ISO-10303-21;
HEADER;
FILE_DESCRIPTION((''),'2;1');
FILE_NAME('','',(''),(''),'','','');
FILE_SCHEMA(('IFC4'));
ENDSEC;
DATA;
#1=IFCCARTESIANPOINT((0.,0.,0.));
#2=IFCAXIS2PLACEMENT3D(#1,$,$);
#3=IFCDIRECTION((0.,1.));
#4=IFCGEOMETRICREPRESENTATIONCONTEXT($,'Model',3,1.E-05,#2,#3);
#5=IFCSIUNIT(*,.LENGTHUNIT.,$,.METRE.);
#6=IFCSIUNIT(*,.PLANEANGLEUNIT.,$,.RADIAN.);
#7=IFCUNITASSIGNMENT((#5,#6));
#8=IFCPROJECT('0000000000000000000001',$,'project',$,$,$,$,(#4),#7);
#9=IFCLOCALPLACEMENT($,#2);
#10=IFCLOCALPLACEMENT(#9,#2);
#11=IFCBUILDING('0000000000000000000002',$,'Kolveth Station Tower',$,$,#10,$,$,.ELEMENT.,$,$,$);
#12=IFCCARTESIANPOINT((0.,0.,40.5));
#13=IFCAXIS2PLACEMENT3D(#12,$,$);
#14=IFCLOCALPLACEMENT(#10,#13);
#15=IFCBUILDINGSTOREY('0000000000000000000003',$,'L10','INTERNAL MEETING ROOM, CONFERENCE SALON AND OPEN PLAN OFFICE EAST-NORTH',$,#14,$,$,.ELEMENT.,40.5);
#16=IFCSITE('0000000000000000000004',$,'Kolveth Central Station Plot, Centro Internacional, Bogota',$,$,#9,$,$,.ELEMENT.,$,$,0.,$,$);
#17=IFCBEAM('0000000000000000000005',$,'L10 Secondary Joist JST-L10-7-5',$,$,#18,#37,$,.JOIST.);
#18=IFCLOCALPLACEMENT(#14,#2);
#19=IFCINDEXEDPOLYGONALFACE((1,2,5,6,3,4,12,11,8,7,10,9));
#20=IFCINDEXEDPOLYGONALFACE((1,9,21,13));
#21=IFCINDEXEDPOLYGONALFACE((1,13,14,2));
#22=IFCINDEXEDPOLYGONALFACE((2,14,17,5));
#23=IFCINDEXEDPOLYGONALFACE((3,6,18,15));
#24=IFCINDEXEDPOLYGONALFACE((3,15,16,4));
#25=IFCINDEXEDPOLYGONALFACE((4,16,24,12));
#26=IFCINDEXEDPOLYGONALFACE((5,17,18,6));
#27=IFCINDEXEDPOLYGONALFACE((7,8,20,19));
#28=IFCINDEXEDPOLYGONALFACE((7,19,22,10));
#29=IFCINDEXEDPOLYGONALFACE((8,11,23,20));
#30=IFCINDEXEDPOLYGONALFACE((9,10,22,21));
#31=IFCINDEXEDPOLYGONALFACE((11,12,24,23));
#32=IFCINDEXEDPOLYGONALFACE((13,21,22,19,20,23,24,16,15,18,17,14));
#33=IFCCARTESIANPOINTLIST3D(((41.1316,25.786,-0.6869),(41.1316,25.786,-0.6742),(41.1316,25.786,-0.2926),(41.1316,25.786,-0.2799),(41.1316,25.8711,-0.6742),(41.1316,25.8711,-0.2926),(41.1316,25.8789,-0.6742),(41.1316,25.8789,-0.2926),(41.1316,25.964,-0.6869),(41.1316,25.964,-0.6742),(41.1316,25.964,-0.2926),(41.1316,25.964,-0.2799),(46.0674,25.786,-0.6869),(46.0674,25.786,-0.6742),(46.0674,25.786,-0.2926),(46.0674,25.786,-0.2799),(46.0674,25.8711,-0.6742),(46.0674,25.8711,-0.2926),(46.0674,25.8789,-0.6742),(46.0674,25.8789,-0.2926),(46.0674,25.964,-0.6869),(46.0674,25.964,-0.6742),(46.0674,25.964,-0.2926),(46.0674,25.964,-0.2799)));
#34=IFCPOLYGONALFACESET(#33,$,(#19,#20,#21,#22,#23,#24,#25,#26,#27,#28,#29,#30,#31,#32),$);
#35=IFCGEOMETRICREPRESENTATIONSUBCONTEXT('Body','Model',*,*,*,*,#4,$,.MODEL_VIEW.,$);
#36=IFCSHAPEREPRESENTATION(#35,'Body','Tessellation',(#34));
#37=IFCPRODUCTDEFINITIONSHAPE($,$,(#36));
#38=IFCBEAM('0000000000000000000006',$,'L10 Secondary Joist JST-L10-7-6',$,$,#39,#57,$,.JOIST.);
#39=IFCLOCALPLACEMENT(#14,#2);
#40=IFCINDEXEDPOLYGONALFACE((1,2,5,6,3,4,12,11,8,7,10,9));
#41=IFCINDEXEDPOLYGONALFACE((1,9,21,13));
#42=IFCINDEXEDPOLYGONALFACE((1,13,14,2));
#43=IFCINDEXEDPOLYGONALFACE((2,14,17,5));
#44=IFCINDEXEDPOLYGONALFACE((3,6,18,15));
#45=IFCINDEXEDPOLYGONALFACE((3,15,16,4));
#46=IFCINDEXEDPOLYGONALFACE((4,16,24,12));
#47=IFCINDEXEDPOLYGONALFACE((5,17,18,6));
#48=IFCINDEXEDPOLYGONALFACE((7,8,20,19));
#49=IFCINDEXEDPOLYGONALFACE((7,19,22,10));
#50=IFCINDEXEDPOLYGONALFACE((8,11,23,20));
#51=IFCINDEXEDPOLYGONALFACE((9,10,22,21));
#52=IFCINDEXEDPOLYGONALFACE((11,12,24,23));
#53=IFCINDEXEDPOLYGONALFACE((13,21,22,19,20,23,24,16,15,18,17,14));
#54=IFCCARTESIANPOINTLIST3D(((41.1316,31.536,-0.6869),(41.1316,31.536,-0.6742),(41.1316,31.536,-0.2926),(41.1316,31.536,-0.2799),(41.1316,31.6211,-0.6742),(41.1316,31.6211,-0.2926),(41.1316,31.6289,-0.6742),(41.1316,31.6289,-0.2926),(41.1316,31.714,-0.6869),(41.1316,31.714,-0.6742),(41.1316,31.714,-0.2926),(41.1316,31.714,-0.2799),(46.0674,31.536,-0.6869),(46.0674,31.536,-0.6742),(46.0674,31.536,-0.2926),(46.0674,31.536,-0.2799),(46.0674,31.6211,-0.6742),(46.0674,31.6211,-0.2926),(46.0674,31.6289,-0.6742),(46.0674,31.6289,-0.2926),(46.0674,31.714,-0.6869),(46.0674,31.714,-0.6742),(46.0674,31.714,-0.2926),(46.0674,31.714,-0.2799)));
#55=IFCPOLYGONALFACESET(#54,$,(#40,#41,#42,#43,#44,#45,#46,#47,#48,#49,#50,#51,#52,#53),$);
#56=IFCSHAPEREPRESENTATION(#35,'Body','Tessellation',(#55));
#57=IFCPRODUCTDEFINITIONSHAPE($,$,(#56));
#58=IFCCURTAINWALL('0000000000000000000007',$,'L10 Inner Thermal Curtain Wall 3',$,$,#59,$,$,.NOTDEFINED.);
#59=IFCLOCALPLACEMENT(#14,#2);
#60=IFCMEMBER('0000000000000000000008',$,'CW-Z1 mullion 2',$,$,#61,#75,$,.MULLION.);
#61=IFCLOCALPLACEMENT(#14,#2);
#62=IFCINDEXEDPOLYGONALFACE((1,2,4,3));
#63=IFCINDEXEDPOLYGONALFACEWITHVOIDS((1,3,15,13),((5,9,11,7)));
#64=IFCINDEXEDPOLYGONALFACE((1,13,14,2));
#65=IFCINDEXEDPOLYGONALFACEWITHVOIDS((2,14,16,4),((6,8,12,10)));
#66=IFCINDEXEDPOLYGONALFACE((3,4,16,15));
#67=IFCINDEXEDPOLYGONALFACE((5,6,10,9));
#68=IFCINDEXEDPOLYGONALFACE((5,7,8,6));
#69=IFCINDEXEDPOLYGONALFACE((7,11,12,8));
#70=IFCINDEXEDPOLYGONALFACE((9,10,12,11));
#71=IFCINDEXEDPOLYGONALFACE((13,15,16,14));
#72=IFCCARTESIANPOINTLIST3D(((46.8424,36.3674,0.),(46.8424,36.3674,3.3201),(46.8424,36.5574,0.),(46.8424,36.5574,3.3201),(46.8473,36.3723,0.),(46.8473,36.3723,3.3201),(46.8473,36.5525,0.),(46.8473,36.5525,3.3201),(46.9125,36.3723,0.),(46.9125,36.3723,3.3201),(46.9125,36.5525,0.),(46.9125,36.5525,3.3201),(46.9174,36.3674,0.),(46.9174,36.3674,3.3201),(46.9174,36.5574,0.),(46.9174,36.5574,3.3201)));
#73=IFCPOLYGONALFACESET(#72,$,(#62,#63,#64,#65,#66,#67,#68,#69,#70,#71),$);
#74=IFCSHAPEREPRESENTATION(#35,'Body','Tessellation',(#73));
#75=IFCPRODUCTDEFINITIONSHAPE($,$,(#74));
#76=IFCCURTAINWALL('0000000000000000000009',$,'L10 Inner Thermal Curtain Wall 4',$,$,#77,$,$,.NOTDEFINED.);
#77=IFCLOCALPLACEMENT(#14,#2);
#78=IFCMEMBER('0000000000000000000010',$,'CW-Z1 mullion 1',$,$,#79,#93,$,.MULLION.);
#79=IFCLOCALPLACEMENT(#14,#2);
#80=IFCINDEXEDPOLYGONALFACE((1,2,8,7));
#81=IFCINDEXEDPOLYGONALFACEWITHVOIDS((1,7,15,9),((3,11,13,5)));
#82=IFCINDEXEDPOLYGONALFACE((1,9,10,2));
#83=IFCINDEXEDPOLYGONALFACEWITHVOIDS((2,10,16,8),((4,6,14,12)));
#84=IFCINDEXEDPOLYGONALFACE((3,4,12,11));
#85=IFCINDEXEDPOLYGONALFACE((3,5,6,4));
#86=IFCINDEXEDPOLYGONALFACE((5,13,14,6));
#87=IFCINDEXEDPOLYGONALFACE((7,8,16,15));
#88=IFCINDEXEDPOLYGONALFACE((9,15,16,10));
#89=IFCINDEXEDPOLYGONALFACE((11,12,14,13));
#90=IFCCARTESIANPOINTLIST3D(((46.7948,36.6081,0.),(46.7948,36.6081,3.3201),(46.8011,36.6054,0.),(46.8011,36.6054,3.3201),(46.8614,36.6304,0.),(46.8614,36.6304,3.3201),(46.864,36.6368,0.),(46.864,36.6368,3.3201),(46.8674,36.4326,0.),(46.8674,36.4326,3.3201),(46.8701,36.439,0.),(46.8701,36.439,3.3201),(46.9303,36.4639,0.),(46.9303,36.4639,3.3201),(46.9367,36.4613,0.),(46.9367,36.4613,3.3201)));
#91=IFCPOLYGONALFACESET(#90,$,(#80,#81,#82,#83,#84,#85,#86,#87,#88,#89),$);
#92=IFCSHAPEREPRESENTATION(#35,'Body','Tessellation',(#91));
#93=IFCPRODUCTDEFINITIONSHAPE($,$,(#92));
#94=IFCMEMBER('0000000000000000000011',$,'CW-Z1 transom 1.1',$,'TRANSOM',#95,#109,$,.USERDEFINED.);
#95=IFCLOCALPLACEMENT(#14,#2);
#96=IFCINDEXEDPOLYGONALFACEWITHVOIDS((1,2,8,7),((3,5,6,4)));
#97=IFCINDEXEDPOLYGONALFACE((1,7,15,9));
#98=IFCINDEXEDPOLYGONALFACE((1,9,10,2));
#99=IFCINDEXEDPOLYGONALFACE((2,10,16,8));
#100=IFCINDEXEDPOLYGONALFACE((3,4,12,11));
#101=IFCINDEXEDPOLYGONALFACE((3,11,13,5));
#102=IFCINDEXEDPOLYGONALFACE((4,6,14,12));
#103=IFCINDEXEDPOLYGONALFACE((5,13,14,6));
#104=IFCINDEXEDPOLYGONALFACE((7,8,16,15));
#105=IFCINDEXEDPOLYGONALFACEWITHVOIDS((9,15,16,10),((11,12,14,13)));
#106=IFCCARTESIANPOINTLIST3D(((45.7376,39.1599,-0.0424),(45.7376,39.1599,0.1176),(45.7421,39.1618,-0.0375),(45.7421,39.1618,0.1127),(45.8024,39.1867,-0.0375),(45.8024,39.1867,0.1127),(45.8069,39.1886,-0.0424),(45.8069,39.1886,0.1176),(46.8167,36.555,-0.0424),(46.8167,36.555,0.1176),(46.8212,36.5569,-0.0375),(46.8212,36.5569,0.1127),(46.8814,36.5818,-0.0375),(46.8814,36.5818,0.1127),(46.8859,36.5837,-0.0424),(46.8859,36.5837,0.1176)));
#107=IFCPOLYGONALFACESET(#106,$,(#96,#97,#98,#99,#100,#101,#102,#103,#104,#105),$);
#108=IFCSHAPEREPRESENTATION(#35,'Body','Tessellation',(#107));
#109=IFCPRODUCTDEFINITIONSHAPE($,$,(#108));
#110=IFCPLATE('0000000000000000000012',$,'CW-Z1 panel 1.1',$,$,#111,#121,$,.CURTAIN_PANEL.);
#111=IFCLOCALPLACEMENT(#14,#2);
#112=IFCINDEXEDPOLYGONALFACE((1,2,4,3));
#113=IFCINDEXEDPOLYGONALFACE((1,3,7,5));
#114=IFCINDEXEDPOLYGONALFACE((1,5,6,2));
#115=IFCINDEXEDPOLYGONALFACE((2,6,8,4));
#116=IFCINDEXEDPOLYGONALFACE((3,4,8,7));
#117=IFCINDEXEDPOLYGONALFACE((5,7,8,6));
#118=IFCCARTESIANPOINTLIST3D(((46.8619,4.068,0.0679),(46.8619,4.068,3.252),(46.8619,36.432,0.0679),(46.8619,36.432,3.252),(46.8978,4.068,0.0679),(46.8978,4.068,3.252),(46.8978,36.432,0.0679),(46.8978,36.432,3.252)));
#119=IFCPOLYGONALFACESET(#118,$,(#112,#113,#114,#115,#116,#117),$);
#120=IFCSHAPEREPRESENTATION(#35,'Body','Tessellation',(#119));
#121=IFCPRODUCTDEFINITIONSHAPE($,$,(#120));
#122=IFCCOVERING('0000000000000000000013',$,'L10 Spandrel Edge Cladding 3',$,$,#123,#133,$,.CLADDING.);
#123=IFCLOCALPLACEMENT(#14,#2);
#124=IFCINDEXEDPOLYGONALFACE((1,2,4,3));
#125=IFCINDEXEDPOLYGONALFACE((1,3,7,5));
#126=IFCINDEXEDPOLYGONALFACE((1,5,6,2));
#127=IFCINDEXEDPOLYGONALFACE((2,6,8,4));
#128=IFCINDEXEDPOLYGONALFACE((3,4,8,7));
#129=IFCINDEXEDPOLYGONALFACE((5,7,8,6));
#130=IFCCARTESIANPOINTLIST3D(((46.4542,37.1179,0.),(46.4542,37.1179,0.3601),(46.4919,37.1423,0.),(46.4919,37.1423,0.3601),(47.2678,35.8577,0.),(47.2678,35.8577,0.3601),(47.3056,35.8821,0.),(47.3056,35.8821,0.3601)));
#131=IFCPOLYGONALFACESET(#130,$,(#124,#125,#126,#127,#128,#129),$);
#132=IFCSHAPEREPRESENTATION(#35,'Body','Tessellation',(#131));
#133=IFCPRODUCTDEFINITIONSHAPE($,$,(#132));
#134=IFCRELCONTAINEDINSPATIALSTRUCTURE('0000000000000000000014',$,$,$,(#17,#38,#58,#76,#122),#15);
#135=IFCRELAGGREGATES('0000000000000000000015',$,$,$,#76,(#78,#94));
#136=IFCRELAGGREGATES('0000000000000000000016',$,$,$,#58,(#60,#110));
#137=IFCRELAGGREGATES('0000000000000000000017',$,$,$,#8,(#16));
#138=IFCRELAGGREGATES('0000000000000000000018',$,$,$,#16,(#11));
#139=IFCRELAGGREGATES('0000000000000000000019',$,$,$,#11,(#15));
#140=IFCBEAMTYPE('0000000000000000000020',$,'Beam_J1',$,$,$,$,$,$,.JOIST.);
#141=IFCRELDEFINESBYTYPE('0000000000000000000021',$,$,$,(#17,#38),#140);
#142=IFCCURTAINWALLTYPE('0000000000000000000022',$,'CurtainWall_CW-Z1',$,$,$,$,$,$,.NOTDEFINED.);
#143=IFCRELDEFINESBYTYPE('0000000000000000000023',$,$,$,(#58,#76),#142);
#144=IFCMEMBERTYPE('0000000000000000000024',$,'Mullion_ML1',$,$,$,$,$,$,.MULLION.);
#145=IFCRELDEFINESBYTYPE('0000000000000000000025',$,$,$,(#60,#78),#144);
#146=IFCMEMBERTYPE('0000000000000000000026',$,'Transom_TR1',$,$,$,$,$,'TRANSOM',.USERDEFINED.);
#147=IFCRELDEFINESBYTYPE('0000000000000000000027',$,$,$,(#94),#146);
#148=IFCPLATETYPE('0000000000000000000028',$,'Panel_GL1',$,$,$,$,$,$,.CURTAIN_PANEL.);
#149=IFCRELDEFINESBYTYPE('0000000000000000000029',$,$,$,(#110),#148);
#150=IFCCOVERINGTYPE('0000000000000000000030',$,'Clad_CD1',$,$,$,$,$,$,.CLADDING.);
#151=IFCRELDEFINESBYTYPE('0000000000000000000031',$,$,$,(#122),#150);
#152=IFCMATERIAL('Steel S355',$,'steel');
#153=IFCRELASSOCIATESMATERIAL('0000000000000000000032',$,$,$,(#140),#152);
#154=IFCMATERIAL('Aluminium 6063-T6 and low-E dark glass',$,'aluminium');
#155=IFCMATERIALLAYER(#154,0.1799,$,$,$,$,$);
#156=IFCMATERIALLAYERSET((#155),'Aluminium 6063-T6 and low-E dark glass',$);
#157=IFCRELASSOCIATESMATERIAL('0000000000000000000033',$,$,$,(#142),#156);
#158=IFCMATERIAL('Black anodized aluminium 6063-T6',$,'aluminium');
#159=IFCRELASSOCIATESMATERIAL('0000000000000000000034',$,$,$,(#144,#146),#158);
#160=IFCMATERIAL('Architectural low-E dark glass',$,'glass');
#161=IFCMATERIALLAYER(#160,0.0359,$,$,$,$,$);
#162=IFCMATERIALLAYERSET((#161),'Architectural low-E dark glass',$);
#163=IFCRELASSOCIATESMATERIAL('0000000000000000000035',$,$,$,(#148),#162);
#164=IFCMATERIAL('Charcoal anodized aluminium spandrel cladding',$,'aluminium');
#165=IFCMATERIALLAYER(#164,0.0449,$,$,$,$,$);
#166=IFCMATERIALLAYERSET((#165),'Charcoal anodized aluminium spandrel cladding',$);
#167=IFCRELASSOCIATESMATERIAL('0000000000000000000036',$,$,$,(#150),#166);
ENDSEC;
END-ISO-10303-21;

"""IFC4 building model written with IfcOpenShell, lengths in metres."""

from ifc_helpers import new_model, si_unit, direction, frame, origin, origin_2d, place, context, subcontext, project, spatial, rectangle, hollow_rectangle, i_section, extrude, source, transform, mapped, material, layer, layer_set, material_profile, profile_set, type_object, element, aggregate, save


model = new_model("IFC4")

# Units and contexts
model_context = context("Model", 3, precision=1e-05, world=origin(), true_north=direction((0.0, 1.0)))
body_context = subcontext(model_context, "Body", "Model", "MODEL_VIEW")
ifc_project = project(units=[si_unit("LENGTHUNIT", "METRE"), si_unit("PLANEANGLEUNIT", "RADIAN")], contexts=[model_context])

# Site, building, storey
site_placement = place(None, origin())
site = spatial("IfcSite", under=ifc_project, at=site_placement, Name="Kolveth Central Station Plot, Centro Internacional, Bogota", CompositionType="ELEMENT", RefElevation=0.0)
building_placement = place(site_placement, origin())
building = spatial("IfcBuilding", under=site, at=building_placement, Name="Kolveth Station Tower", CompositionType="ELEMENT")
storey_placement = place(building_placement, frame((0.0, 0.0, 40.5)))
storey = spatial("IfcBuildingStorey", under=building, at=storey_placement, Name="L10", Description="INTERNAL MEETING ROOM, CONFERENCE SALON AND OPEN PLAN OFFICE EAST-NORTH", CompositionType="ELEMENT", Elevation=40.5)

# Shared definitions
ifc_material_1 = material(Name="Steel S355", Category="steel")

# Beams
ifc_material_profile_1 = material_profile(ifc_material_1, i_section(OverallWidth=0.178, OverallDepth=0.407, WebThickness=0.0078, FlangeThickness=0.0127, at=origin_2d()), Name="W410x60")
ifc_profile_set_1 = profile_set([ifc_material_profile_1], Name="Steel S355")
beam_type_1 = type_object("IfcBeamType", Name="Beam_J1", PredefinedType="JOIST", material=ifc_profile_set_1)
shared_shape_1 = source(origin(), body_context, "Body", "SweptSolid", [
    extrude(i_section(OverallWidth=0.178, OverallDepth=0.407, WebThickness=0.0078, FlangeThickness=0.0127, at=origin_2d()), origin(), (0.0, 0.0, 1.0), 4.9358),
])
for number, where, z_axis, x_axis, name in (
    (1, (41.1316, 25.875, -0.4834), (1.0, 0.0, 0.0), (0.0, 1.0, 0.0), "L10 Secondary Joist JST-L10-7-5"),
    (2, (41.1316, 31.625, -0.4834), (1.0, 0.0, 0.0), (0.0, 1.0, 0.0), "L10 Secondary Joist JST-L10-7-6"),
):
    element("IfcBeam", number, at=place(storey_placement, frame(where, z_axis=z_axis, x_axis=x_axis)), inside=storey, type_object=beam_type_1, Name=name, PredefinedType="JOIST", context=body_context, shape_type="MappedRepresentation", body=[
        mapped(shared_shape_1, transform((0.0, 0.0, 0.0), x_axis=(1.0, 0.0, 0.0), y_axis=(0.0, 1.0, 0.0), z_axis=(0.0, 0.0, 1.0), scale=1.0)),
    ])

# Curtain wall, member
ifc_material_2 = material(Name="Aluminium 6063-T6 and low-E dark glass", Category="aluminium")
ifc_layer_1 = layer(ifc_material_2, 0.1799)
ifc_layer_set_1 = layer_set([ifc_layer_1], Name="Aluminium 6063-T6 and low-E dark glass")
curtain_wall_type = type_object("IfcCurtainWallType", Name="CurtainWall_CW-Z1", PredefinedType="NOTDEFINED", material=ifc_layer_set_1)
curtain_wall_1_placement = place(storey_placement, origin())
curtain_wall_1 = element("IfcCurtainWall", 3, at=curtain_wall_1_placement, inside=storey, type_object=curtain_wall_type, Name="L10 Inner Thermal Curtain Wall 3", PredefinedType="NOTDEFINED")
ifc_material_3 = material(Name="Black anodized aluminium 6063-T6", Category="aluminium")
ifc_material_profile_2 = material_profile(ifc_material_3, hollow_rectangle(XDim=0.075, YDim=0.1899, WallThickness=0.0049, at=origin_2d()), Name="ALU-75x190x5")
ifc_profile_set_2 = profile_set([ifc_material_profile_2], Name="Black anodized aluminium 6063-T6")
member_type_1 = type_object("IfcMemberType", Name="Mullion_ML1", PredefinedType="MULLION", material=ifc_profile_set_2)
shared_shape_2 = source(origin(), body_context, "Body", "SweptSolid", [
    extrude(hollow_rectangle(XDim=0.075, YDim=0.1899, WallThickness=0.0049, at=origin_2d()), origin(), (0.0, 0.0, 1.0), 3.3201),
])
member_1_placement = place(storey_placement, frame((46.8799, 36.4624, 0.0), z_axis=(0.0, 0.0, 1.0), x_axis=(-1.0, 0.0, 0.0)))
member_1 = element("IfcMember", 4, at=member_1_placement, type_object=member_type_1, Name="CW-Z1 mullion 2", PredefinedType="MULLION", context=body_context, shape_type="MappedRepresentation", body=[
    mapped(shared_shape_2, transform((0.0, 0.0, 0.0), x_axis=(1.0, 0.0, 0.0), y_axis=(0.0, 1.0, 0.0), z_axis=(0.0, 0.0, 1.0), scale=1.0)),
])

# Curtain wall, members
curtain_wall_2_placement = place(storey_placement, origin())
curtain_wall_2 = element("IfcCurtainWall", 5, at=curtain_wall_2_placement, inside=storey, type_object=curtain_wall_type, Name="L10 Inner Thermal Curtain Wall 4", PredefinedType="NOTDEFINED")
member_2_placement = place(storey_placement, frame((46.8657, 36.5347, 0.0), z_axis=(0.0, 0.0, 1.0), x_axis=(-0.923884, -0.382673, 0.0)))
member_2 = element("IfcMember", 6, at=member_2_placement, type_object=member_type_1, Name="CW-Z1 mullion 1", PredefinedType="MULLION", context=body_context, shape_type="MappedRepresentation", body=[
    mapped(shared_shape_2, transform((0.0, 0.0, 0.0), x_axis=(1.0, 0.0, 0.0), y_axis=(0.0, 1.0, 0.0), z_axis=(0.0, 0.0, 1.0), scale=1.0)),
])
ifc_material_profile_3 = material_profile(ifc_material_3, hollow_rectangle(XDim=0.075, YDim=0.1599, WallThickness=0.0049, at=origin_2d()), Name="ALU-75x160x5")
ifc_profile_set_3 = profile_set([ifc_material_profile_3], Name="Black anodized aluminium 6063-T6")
member_type_2 = type_object("IfcMemberType", Name="Transom_TR1", ElementType="TRANSOM", PredefinedType="USERDEFINED", material=ifc_profile_set_3)
shared_shape_3 = source(origin(), body_context, "Body", "SweptSolid", [
    extrude(hollow_rectangle(XDim=0.075, YDim=0.1599, WallThickness=0.0049, at=origin_2d()), origin(), (0.0, 0.0, 1.0), 2.8196),
])
member_3_placement = place(storey_placement, frame((46.8513, 36.5693, 0.0376), z_axis=(-0.382709, 0.923869, 0.0), x_axis=(-0.923869, -0.382709, 0.0)))
member_3 = element("IfcMember", 7, at=member_3_placement, type_object=member_type_2, Name="CW-Z1 transom 1.1", ObjectType="TRANSOM", PredefinedType="USERDEFINED", context=body_context, shape_type="MappedRepresentation", body=[
    mapped(shared_shape_3, transform((0.0, 0.0, 0.0), x_axis=(1.0, 0.0, 0.0), y_axis=(0.0, 1.0, 0.0), z_axis=(0.0, 0.0, 1.0), scale=1.0)),
])
aggregate(curtain_wall_2, [member_2, member_3])

# Plate
ifc_material_4 = material(Name="Architectural low-E dark glass", Category="glass")
ifc_layer_2 = layer(ifc_material_4, 0.0359)
ifc_layer_set_2 = layer_set([ifc_layer_2], Name="Architectural low-E dark glass")
plate_type = type_object("IfcPlateType", Name="Panel_GL1", PredefinedType="CURTAIN_PANEL", material=ifc_layer_set_2)
shared_shape_4 = source(origin(), body_context, "Body", "SweptSolid", [
    extrude(rectangle(XDim=32.364, YDim=0.0359, at=origin_2d()), origin(), (0.0, 0.0, 1.0), 3.1841),
])
plate_placement = place(storey_placement, frame((46.8799, 20.25, 0.0679), z_axis=(0.0, 0.0, 1.0), x_axis=(0.0, 1.0, 0.0)))
plate = element("IfcPlate", 8, at=plate_placement, type_object=plate_type, Name="CW-Z1 panel 1.1", PredefinedType="CURTAIN_PANEL", context=body_context, shape_type="MappedRepresentation", body=[
    mapped(shared_shape_4, transform((0.0, 0.0, 0.0), x_axis=(1.0, 0.0, 0.0), y_axis=(0.0, 1.0, 0.0), z_axis=(0.0, 0.0, 1.0), scale=1.0)),
])
aggregate(curtain_wall_1, [member_1, plate])

# Covering
ifc_material_5 = material(Name="Charcoal anodized aluminium spandrel cladding", Category="aluminium")
ifc_layer_3 = layer(ifc_material_5, 0.0449)
ifc_layer_set_3 = layer_set([ifc_layer_3], Name="Charcoal anodized aluminium spandrel cladding")
covering_type = type_object("IfcCoveringType", Name="Clad_CD1", PredefinedType="CLADDING", material=ifc_layer_set_3)
shared_shape_5 = source(origin(), body_context, "Body", "SweptSolid", [
    extrude(rectangle(XDim=1.5, YDim=0.0449, at=origin_2d()), origin(), (0.0, 0.0, 1.0), 0.3601),
])
covering_placement = place(storey_placement, frame((46.8799, 36.5, 0.0), z_axis=(0.0, 0.0, 1.0), x_axis=(-0.542442, 0.840094, 0.0)))
element("IfcCovering", 9, at=covering_placement, inside=storey, type_object=covering_type, Name="L10 Spandrel Edge Cladding 3", PredefinedType="CLADDING", context=body_context, shape_type="MappedRepresentation", body=[
    mapped(shared_shape_5, transform((0.0, 0.0, 0.0), x_axis=(1.0, 0.0, 0.0), y_axis=(0.0, 1.0, 0.0), z_axis=(0.0, 0.0, 1.0), scale=1.0)),
])

save(model, "model.ifc")
